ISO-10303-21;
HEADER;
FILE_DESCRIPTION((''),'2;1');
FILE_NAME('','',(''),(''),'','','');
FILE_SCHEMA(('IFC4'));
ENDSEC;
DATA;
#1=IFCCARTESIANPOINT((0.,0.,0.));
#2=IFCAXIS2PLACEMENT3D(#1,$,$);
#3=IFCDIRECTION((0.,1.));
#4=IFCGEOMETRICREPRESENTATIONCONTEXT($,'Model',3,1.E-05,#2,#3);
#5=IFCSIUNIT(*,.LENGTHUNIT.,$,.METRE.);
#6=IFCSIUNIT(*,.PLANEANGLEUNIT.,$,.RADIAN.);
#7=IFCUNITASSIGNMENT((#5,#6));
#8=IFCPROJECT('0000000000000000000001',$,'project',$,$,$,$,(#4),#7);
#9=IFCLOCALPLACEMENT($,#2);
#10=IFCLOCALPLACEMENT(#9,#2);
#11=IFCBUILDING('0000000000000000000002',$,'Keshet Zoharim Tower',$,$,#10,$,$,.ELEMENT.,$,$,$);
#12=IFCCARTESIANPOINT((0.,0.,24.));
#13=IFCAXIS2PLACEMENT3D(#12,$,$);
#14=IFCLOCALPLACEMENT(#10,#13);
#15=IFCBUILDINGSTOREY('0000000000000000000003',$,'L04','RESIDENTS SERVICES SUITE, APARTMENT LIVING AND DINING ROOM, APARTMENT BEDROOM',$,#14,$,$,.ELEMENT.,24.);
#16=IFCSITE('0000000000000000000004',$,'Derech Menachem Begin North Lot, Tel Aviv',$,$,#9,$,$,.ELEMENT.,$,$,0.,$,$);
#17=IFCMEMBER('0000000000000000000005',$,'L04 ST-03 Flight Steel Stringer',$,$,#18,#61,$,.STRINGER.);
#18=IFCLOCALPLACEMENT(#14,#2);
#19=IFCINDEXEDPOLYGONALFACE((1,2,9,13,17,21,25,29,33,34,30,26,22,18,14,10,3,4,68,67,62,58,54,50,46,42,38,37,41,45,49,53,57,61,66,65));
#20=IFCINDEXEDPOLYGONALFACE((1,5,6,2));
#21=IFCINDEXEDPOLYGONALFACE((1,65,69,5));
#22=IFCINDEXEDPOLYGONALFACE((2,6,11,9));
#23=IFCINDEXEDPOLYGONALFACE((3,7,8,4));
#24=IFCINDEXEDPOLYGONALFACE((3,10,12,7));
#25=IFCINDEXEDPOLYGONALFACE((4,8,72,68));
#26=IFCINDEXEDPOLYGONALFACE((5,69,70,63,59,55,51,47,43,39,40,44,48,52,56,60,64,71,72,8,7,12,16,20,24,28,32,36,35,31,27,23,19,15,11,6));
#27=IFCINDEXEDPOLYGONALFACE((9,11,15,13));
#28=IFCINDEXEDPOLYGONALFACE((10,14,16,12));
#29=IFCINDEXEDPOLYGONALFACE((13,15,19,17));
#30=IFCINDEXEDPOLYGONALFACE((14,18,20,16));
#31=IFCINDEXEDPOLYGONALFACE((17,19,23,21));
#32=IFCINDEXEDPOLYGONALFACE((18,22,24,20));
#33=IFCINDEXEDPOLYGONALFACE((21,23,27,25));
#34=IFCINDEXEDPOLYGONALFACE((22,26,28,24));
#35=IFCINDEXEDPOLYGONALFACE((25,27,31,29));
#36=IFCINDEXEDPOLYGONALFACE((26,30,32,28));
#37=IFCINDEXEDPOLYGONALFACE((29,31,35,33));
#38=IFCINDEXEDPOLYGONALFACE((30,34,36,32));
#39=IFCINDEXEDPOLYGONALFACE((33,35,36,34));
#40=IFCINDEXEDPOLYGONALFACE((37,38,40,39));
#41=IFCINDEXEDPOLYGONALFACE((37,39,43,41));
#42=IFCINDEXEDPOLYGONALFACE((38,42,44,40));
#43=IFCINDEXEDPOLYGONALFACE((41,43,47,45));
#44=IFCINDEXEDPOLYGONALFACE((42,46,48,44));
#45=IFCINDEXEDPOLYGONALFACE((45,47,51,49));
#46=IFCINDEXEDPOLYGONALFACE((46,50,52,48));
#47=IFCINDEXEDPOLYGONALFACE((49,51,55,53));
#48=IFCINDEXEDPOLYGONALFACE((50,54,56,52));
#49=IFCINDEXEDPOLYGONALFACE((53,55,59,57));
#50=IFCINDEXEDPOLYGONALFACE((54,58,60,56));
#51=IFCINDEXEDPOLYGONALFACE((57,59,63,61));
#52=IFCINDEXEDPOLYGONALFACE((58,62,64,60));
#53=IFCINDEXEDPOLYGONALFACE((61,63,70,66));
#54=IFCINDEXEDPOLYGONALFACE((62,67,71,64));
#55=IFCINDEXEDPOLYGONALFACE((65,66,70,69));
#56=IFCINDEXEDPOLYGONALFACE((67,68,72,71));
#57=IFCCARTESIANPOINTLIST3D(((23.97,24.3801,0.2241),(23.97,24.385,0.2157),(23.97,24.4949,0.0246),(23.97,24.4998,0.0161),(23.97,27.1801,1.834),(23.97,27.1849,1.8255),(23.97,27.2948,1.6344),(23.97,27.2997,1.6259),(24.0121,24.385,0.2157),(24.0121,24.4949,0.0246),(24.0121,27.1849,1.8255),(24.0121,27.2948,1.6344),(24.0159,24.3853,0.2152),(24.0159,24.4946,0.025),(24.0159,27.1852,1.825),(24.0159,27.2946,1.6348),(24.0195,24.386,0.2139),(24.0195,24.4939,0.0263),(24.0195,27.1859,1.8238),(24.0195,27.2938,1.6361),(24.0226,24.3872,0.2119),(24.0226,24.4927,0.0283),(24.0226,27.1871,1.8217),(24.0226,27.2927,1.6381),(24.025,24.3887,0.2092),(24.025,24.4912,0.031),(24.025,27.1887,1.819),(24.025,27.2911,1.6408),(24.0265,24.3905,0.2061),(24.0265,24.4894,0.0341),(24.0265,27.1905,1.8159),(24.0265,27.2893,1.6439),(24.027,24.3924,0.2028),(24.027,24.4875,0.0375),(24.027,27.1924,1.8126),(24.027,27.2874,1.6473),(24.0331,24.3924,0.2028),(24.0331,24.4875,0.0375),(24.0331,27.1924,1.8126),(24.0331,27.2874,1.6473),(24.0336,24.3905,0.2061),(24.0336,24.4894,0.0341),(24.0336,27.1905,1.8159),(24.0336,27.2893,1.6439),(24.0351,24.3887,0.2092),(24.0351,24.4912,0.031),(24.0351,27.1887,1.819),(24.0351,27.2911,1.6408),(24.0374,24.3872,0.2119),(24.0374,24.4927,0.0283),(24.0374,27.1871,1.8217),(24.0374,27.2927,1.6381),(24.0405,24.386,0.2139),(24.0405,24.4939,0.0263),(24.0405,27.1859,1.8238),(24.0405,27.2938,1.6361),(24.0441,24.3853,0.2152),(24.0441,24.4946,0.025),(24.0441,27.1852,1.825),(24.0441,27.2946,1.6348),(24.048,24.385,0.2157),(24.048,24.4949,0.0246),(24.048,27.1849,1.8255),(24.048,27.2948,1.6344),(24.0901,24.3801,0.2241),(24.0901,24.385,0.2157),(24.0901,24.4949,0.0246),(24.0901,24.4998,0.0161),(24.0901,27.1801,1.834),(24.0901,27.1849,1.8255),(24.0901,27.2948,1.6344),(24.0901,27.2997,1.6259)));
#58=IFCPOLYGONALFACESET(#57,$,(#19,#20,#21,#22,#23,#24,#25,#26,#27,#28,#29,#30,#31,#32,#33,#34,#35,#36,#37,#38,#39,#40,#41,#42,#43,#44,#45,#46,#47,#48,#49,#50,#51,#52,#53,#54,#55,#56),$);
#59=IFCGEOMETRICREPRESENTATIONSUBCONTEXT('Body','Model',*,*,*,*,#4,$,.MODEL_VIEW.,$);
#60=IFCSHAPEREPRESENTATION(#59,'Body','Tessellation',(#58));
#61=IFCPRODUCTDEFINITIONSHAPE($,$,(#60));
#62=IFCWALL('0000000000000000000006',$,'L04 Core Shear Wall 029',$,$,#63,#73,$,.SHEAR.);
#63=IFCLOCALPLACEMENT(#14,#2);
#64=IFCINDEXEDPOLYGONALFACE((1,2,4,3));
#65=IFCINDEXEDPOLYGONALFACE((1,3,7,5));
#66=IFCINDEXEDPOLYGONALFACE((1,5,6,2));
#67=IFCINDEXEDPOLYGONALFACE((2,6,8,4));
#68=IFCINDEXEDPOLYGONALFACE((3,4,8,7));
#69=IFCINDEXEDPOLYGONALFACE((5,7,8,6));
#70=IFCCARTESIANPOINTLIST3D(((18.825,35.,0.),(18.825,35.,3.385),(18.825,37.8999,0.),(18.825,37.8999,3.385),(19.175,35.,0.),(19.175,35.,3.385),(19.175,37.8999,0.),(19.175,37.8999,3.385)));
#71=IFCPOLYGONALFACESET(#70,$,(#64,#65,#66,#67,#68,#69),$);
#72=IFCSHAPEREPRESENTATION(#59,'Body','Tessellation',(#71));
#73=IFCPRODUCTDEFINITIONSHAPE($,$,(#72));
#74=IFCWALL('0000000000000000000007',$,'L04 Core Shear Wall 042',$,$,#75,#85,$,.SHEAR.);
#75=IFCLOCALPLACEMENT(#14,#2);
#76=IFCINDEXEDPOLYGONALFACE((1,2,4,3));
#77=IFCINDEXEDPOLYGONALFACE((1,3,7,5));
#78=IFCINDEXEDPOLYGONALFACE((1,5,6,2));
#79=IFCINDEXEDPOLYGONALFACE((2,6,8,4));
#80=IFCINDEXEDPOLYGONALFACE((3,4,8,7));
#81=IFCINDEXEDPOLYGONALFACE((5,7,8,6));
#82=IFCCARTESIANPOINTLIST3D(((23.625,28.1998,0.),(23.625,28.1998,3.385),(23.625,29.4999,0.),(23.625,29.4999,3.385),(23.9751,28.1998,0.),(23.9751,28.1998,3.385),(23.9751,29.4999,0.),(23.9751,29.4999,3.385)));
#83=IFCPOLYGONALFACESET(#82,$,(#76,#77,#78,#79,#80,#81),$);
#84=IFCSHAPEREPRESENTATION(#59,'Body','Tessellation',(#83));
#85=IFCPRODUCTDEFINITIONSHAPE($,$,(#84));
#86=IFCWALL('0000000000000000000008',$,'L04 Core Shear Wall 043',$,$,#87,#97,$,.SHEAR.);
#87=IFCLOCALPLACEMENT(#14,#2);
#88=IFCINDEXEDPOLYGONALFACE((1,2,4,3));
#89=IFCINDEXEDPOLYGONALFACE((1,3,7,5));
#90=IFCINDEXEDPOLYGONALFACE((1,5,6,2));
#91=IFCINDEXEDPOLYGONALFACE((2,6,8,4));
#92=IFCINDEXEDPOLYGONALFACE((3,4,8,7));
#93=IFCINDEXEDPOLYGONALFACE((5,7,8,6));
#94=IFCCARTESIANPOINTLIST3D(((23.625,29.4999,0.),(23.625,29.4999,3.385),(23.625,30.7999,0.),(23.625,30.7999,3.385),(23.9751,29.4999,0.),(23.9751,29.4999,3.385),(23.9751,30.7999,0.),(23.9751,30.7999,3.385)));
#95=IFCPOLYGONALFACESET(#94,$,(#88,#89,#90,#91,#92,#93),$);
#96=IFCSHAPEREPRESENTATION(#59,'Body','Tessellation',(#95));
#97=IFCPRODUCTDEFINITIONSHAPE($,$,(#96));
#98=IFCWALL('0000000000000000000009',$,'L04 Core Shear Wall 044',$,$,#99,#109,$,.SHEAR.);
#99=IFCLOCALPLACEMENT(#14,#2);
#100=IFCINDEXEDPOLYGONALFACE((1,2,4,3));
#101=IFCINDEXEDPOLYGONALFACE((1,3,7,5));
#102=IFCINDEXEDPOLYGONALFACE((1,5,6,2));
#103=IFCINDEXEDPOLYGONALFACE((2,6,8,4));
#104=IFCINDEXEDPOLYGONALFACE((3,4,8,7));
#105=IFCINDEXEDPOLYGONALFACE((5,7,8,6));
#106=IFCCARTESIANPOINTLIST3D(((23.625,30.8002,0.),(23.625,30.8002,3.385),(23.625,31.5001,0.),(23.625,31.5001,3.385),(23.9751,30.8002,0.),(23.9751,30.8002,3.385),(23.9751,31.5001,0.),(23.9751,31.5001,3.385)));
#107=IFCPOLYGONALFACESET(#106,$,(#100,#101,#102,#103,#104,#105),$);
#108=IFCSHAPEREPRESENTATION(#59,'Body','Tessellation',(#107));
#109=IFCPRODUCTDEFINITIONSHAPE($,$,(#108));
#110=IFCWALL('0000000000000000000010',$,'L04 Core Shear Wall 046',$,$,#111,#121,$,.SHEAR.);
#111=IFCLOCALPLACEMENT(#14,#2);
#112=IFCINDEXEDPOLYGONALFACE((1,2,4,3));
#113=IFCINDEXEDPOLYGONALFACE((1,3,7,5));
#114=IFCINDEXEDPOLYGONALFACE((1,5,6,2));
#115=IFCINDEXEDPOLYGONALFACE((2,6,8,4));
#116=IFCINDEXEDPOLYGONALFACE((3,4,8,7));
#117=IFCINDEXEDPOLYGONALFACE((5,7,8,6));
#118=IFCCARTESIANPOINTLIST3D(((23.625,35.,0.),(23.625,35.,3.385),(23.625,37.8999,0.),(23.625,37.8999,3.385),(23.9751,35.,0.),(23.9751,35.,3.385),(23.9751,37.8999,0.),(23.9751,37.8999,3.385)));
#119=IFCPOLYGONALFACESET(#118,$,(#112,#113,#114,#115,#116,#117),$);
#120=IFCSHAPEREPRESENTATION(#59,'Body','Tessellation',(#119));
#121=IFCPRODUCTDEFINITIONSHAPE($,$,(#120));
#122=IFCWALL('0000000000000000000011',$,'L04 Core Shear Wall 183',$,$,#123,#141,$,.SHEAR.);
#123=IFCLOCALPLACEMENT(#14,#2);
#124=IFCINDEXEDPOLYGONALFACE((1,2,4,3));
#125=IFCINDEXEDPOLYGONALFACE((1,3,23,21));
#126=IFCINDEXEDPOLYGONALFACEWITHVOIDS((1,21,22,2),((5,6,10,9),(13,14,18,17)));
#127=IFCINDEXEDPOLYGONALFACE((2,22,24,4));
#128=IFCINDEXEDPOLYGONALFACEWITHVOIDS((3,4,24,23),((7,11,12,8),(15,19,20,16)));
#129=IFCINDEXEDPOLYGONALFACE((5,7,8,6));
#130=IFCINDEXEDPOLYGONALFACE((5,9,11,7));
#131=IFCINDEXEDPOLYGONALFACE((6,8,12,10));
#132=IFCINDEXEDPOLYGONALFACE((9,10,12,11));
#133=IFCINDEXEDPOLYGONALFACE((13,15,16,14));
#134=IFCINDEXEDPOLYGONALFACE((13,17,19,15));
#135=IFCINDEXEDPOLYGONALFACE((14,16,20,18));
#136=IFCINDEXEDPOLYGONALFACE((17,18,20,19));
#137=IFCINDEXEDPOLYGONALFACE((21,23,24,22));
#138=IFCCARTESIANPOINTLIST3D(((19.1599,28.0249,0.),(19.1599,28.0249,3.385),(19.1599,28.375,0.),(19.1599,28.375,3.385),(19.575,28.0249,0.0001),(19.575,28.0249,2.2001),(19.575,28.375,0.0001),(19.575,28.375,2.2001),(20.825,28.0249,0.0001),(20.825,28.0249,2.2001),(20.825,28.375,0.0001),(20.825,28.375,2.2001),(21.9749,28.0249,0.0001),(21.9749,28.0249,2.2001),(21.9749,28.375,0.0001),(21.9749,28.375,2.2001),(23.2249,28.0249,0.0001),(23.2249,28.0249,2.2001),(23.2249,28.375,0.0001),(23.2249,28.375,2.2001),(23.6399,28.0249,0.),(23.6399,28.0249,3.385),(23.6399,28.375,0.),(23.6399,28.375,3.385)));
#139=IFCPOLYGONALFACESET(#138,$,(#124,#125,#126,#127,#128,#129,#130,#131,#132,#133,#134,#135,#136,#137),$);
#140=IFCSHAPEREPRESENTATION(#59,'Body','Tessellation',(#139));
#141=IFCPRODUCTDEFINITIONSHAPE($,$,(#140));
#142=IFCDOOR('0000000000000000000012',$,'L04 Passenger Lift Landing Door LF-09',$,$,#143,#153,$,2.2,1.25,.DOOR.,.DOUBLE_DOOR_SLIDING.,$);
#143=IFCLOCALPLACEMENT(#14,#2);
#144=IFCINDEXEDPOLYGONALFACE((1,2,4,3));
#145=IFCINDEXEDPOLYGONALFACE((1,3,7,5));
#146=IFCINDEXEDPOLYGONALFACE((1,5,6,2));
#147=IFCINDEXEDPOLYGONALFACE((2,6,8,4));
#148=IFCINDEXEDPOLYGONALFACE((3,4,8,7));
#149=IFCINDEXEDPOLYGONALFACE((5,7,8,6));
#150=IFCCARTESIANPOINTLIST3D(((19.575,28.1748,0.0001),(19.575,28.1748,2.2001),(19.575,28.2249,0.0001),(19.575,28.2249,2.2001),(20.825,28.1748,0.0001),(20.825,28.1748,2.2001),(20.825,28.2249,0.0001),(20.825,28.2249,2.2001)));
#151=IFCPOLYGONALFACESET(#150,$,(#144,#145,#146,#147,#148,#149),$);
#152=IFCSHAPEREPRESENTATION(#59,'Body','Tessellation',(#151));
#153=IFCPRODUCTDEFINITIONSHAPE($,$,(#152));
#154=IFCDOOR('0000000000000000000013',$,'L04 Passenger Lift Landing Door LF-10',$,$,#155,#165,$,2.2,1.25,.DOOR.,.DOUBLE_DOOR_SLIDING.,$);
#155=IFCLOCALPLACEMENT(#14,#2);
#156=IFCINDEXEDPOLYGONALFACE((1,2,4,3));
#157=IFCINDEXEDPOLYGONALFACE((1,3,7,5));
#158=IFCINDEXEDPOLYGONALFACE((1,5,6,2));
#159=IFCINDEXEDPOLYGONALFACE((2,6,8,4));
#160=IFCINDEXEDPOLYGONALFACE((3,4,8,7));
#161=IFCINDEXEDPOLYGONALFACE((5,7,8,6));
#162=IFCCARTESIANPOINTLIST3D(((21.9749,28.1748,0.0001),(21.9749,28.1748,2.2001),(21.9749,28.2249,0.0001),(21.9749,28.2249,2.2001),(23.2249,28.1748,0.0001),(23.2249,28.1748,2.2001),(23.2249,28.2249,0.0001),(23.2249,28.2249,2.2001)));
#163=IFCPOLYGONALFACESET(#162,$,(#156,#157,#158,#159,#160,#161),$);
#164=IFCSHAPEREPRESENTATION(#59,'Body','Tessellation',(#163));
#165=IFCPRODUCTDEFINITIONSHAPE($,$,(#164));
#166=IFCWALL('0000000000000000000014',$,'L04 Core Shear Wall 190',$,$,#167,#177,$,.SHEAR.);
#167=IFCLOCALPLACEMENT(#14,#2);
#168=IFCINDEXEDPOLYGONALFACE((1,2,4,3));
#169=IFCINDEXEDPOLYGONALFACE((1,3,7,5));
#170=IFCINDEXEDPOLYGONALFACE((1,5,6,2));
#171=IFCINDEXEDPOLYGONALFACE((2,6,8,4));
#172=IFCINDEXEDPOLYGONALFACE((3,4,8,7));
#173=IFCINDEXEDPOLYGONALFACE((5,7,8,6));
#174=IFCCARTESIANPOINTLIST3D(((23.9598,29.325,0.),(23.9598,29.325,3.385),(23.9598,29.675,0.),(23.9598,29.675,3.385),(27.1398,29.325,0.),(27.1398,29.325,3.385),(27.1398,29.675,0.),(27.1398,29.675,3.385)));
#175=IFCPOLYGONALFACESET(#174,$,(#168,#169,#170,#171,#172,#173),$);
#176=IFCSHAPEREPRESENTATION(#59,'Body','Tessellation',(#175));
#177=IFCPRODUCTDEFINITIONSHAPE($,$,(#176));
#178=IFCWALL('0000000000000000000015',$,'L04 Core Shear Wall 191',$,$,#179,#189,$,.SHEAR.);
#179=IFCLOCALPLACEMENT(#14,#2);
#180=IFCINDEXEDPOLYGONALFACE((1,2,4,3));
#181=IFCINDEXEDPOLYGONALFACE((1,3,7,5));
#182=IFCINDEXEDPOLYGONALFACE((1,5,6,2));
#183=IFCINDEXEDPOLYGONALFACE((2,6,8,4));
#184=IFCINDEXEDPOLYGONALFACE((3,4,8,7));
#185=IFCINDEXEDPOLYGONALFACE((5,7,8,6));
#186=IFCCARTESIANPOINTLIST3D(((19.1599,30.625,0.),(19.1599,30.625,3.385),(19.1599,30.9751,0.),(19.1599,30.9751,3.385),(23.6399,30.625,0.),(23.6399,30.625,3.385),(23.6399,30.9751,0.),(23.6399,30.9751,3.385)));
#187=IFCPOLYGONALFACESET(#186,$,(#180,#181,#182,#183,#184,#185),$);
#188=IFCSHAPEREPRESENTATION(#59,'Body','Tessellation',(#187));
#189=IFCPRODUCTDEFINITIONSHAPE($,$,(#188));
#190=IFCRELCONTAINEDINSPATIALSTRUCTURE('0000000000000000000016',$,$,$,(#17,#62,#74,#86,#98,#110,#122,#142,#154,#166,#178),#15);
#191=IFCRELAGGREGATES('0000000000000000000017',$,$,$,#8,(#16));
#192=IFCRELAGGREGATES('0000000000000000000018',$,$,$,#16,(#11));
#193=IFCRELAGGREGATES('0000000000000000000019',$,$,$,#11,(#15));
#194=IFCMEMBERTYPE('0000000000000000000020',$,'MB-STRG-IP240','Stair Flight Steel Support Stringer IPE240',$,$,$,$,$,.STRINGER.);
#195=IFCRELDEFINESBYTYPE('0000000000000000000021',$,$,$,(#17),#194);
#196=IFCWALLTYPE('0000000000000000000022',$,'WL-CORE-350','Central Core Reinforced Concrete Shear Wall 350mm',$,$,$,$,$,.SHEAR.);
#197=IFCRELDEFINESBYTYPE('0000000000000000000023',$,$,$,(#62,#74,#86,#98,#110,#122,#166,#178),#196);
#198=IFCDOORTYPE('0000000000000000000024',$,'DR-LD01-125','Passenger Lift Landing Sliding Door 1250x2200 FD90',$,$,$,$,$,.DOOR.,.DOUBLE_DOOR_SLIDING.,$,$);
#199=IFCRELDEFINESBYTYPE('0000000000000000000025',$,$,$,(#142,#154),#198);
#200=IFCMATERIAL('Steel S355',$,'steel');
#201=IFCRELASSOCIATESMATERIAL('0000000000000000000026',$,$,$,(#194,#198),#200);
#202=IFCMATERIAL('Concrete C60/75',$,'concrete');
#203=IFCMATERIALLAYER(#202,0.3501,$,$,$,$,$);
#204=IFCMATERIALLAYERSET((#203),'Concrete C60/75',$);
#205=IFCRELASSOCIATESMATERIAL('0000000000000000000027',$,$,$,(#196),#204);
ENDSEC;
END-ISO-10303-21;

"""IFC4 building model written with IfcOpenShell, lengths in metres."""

from ifc_helpers import new_model, si_unit, direction, frame, frame_2d, origin, origin_2d, place, context, subcontext, project, spatial, rectangle, i_section, extrude, material, layer, layer_set, material_profile, profile_set, type_object, element, fill, save


model = new_model("IFC4")

# Units and contexts
model_context = context("Model", 3, precision=1e-05, world=origin(), true_north=direction((0.0, 1.0)))
body_context = subcontext(model_context, "Body", "Model", "MODEL_VIEW")
ifc_project = project(units=[si_unit("LENGTHUNIT", "METRE"), si_unit("PLANEANGLEUNIT", "RADIAN")], contexts=[model_context])

# Site, building, storey
site_placement = place(None, origin())
site = spatial("IfcSite", under=ifc_project, at=site_placement, Name="Derech Menachem Begin North Lot, Tel Aviv", CompositionType="ELEMENT", RefElevation=0.0)
building_placement = place(site_placement, origin())
building = spatial("IfcBuilding", under=site, at=building_placement, Name="Keshet Zoharim Tower", CompositionType="ELEMENT")
storey_placement = place(building_placement, frame((0.0, 0.0, 24.0)))
storey = spatial("IfcBuildingStorey", under=building, at=storey_placement, Name="L04", Description="RESIDENTS SERVICES SUITE, APARTMENT LIVING AND DINING ROOM, APARTMENT BEDROOM", CompositionType="ELEMENT", Elevation=24.0)

# Member
ifc_material_1 = material(Name="Steel S355", Category="steel")
ifc_material_profile = material_profile(ifc_material_1, i_section(OverallWidth=0.1201, OverallDepth=0.24, WebThickness=0.0061, FlangeThickness=0.0098, FilletRadius=0.0149, at=origin_2d()), Name="IPE240")
ifc_profile_set = profile_set([ifc_material_profile], Name="Steel S355")
member_type = type_object("IfcMemberType", Name="MB-STRG-IP240", Description="Stair Flight Steel Support Stringer IPE240", PredefinedType="STRINGER", material=ifc_profile_set)
member_placement = place(storey_placement, frame((24.03, 24.4399, 0.1201), z_axis=(0.0, 0.866928, 0.498433), x_axis=(-1.0, 0.0, 0.0)))
element("IfcMember", 1, at=member_placement, inside=storey, type_object=member_type, Name="L04 ST-03 Flight Steel Stringer", PredefinedType="STRINGER", context=body_context, shape_type="SweptSolid", body=[
    extrude(i_section(OverallWidth=0.1201, OverallDepth=0.24, WebThickness=0.0061, FlangeThickness=0.0098, FilletRadius=0.0149, at=origin_2d()), origin(), (0.0, 0.0, 1.0), 3.2297),
])

# Shared definitions
ifc_material_2 = material(Name="Concrete C60/75", Category="concrete")
ifc_layer_1 = layer(ifc_material_2, 0.3501)
ifc_layer_set_1 = layer_set([ifc_layer_1], Name="Concrete C60/75")
wall_type_1 = type_object("IfcWallType", Name="WL-CORE-350", Description="Central Core Reinforced Concrete Shear Wall 350mm", PredefinedType="SHEAR", material=ifc_layer_set_1)

# Walls
wall_1_placement = place(storey_placement, frame((19.0, 35.0, 0.0), z_axis=(0.0, 0.0, 1.0), x_axis=(0.0, 1.0, 0.0)))
element("IfcWall", 2, at=wall_1_placement, inside=storey, type_object=wall_type_1, Name="L04 Core Shear Wall 029", PredefinedType="SHEAR", context=body_context, shape_type="SweptSolid", body=[
    extrude(rectangle(XDim=2.8999, YDim=0.3501, at=frame_2d((1.45, 0.0))), origin(), (0.0, 0.0, 1.0), 3.385),
])
for number, where, z_axis, x_axis, name in (
    (3, (23.8, 28.2, 0.0), (0.0, 0.0, 1.0), (0.0, 1.0, 0.0), "L04 Core Shear Wall 042"),
    (4, (23.8, 29.5, 0.0), (0.0, 0.0, 1.0), (0.0, 1.0, 0.0), "L04 Core Shear Wall 043"),
):
    element("IfcWall", number, at=place(storey_placement, frame(where, z_axis=z_axis, x_axis=x_axis)), inside=storey, type_object=wall_type_1, Name=name, PredefinedType="SHEAR", context=body_context, shape_type="SweptSolid", body=[
        extrude(rectangle(XDim=1.3, YDim=0.3501, at=frame_2d((0.6499, 0.0))), origin(), (0.0, 0.0, 1.0), 3.385),
    ])
wall_2_placement = place(storey_placement, frame((23.8, 30.8, 0.0), z_axis=(0.0, 0.0, 1.0), x_axis=(0.0, 1.0, 0.0)))
element("IfcWall", 5, at=wall_2_placement, inside=storey, type_object=wall_type_1, Name="L04 Core Shear Wall 044", PredefinedType="SHEAR", context=body_context, shape_type="SweptSolid", body=[
    extrude(rectangle(XDim=0.7, YDim=0.3501, at=frame_2d((0.3501, 0.0))), origin(), (0.0, 0.0, 1.0), 3.385),
])

# Wall
wall_3_placement = place(storey_placement, frame((23.8, 35.0, 0.0), z_axis=(0.0, 0.0, 1.0), x_axis=(0.0, 1.0, 0.0)))
element("IfcWall", 6, at=wall_3_placement, inside=storey, type_object=wall_type_1, Name="L04 Core Shear Wall 046", PredefinedType="SHEAR", context=body_context, shape_type="SweptSolid", body=[
    extrude(rectangle(XDim=2.8999, YDim=0.3501, at=frame_2d((1.45, 0.0))), origin(), (0.0, 0.0, 1.0), 3.385),
])

# Wall, openings, doors
wall_4_placement = place(storey_placement, frame((19.1599, 28.2, 0.0), z_axis=(0.0, 0.0, 1.0), x_axis=(1.0, 0.0, 0.0)))
wall_4 = element("IfcWall", 7, at=wall_4_placement, inside=storey, type_object=wall_type_1, Name="L04 Core Shear Wall 183", PredefinedType="SHEAR", context=body_context, shape_type="SweptSolid", body=[
    extrude(rectangle(XDim=4.48, YDim=0.3501, at=frame_2d((2.24, 0.0))), origin(), (0.0, 0.0, 1.0), 3.385),
])
opening_1_placement = place(wall_4_placement, frame((0.415, 0.0, 0.0)))
opening_1 = element("IfcOpeningElement", 8, at=opening_1_placement, cuts=wall_4, PredefinedType="OPENING", context=body_context, shape_type="SweptSolid", body=[
    extrude(rectangle(XDim=1.25, YDim=2.2, at=frame_2d((0.625, 1.1001))), frame((0.0, 0.1851, 0.0), z_axis=(0.0, -1.0, 0.0), x_axis=(1.0, 0.0, 0.0)), (0.0, 0.0, 1.0), 0.3701),
])
opening_2_placement = place(wall_4_placement, frame((2.8149, 0.0, 0.0)))
opening_2 = element("IfcOpeningElement", 9, at=opening_2_placement, cuts=wall_4, PredefinedType="OPENING", context=body_context, shape_type="SweptSolid", body=[
    extrude(rectangle(XDim=1.25, YDim=2.2, at=frame_2d((0.625, 1.1001))), frame((0.0, 0.1851, 0.0), z_axis=(0.0, -1.0, 0.0), x_axis=(1.0, 0.0, 0.0)), (0.0, 0.0, 1.0), 0.3701),
])
door_type_1 = type_object("IfcDoorType", Name="DR-LD01-125", Description="Passenger Lift Landing Sliding Door 1250x2200 FD90", OperationType="DOUBLE_DOOR_SLIDING", PredefinedType="DOOR", material=ifc_material_1)
door_1_placement = place(opening_1_placement, origin())
door_1 = element("IfcDoor", 10, at=door_1_placement, inside=storey, type_object=door_type_1, Name="L04 Passenger Lift Landing Door LF-09", OperationType="DOUBLE_DOOR_SLIDING", OverallHeight=2.2, OverallWidth=1.25, PredefinedType="DOOR", context=body_context, shape_type="SweptSolid", body=[
    extrude(rectangle(XDim=1.25, YDim=2.2, at=frame_2d((0.625, 1.1001))), frame((0.0, 0.0249, 0.0), z_axis=(0.0, -1.0, 0.0), x_axis=(1.0, 0.0, 0.0)), (0.0, 0.0, 1.0), 0.05),
])
fill(opening_1, door_1)
door_2_placement = place(opening_2_placement, origin())
door_2 = element("IfcDoor", 11, at=door_2_placement, inside=storey, type_object=door_type_1, Name="L04 Passenger Lift Landing Door LF-10", OperationType="DOUBLE_DOOR_SLIDING", OverallHeight=2.2, OverallWidth=1.25, PredefinedType="DOOR", context=body_context, shape_type="SweptSolid", body=[
    extrude(rectangle(XDim=1.25, YDim=2.2, at=frame_2d((0.625, 1.1001))), frame((0.0, 0.0249, 0.0), z_axis=(0.0, -1.0, 0.0), x_axis=(1.0, 0.0, 0.0)), (0.0, 0.0, 1.0), 0.05),
])
fill(opening_2, door_2)

# Walls
wall_5_placement = place(storey_placement, frame((23.96, 29.5, 0.0), z_axis=(0.0, 0.0, 1.0), x_axis=(1.0, 0.0, 0.0)))
element("IfcWall", 12, at=wall_5_placement, inside=storey, type_object=wall_type_1, Name="L04 Core Shear Wall 190", PredefinedType="SHEAR", context=body_context, shape_type="SweptSolid", body=[
    extrude(rectangle(XDim=3.1799, YDim=0.3501, at=frame_2d((1.5898, 0.0))), origin(), (0.0, 0.0, 1.0), 3.385),
])
wall_6_placement = place(storey_placement, frame((19.1599, 30.8, 0.0), z_axis=(0.0, 0.0, 1.0), x_axis=(1.0, 0.0, 0.0)))
element("IfcWall", 13, at=wall_6_placement, inside=storey, type_object=wall_type_1, Name="L04 Core Shear Wall 191", PredefinedType="SHEAR", context=body_context, shape_type="SweptSolid", body=[
    extrude(rectangle(XDim=4.48, YDim=0.3501, at=frame_2d((2.24, 0.0))), origin(), (0.0, 0.0, 1.0), 3.385),
])

save(model, "model.ifc")
